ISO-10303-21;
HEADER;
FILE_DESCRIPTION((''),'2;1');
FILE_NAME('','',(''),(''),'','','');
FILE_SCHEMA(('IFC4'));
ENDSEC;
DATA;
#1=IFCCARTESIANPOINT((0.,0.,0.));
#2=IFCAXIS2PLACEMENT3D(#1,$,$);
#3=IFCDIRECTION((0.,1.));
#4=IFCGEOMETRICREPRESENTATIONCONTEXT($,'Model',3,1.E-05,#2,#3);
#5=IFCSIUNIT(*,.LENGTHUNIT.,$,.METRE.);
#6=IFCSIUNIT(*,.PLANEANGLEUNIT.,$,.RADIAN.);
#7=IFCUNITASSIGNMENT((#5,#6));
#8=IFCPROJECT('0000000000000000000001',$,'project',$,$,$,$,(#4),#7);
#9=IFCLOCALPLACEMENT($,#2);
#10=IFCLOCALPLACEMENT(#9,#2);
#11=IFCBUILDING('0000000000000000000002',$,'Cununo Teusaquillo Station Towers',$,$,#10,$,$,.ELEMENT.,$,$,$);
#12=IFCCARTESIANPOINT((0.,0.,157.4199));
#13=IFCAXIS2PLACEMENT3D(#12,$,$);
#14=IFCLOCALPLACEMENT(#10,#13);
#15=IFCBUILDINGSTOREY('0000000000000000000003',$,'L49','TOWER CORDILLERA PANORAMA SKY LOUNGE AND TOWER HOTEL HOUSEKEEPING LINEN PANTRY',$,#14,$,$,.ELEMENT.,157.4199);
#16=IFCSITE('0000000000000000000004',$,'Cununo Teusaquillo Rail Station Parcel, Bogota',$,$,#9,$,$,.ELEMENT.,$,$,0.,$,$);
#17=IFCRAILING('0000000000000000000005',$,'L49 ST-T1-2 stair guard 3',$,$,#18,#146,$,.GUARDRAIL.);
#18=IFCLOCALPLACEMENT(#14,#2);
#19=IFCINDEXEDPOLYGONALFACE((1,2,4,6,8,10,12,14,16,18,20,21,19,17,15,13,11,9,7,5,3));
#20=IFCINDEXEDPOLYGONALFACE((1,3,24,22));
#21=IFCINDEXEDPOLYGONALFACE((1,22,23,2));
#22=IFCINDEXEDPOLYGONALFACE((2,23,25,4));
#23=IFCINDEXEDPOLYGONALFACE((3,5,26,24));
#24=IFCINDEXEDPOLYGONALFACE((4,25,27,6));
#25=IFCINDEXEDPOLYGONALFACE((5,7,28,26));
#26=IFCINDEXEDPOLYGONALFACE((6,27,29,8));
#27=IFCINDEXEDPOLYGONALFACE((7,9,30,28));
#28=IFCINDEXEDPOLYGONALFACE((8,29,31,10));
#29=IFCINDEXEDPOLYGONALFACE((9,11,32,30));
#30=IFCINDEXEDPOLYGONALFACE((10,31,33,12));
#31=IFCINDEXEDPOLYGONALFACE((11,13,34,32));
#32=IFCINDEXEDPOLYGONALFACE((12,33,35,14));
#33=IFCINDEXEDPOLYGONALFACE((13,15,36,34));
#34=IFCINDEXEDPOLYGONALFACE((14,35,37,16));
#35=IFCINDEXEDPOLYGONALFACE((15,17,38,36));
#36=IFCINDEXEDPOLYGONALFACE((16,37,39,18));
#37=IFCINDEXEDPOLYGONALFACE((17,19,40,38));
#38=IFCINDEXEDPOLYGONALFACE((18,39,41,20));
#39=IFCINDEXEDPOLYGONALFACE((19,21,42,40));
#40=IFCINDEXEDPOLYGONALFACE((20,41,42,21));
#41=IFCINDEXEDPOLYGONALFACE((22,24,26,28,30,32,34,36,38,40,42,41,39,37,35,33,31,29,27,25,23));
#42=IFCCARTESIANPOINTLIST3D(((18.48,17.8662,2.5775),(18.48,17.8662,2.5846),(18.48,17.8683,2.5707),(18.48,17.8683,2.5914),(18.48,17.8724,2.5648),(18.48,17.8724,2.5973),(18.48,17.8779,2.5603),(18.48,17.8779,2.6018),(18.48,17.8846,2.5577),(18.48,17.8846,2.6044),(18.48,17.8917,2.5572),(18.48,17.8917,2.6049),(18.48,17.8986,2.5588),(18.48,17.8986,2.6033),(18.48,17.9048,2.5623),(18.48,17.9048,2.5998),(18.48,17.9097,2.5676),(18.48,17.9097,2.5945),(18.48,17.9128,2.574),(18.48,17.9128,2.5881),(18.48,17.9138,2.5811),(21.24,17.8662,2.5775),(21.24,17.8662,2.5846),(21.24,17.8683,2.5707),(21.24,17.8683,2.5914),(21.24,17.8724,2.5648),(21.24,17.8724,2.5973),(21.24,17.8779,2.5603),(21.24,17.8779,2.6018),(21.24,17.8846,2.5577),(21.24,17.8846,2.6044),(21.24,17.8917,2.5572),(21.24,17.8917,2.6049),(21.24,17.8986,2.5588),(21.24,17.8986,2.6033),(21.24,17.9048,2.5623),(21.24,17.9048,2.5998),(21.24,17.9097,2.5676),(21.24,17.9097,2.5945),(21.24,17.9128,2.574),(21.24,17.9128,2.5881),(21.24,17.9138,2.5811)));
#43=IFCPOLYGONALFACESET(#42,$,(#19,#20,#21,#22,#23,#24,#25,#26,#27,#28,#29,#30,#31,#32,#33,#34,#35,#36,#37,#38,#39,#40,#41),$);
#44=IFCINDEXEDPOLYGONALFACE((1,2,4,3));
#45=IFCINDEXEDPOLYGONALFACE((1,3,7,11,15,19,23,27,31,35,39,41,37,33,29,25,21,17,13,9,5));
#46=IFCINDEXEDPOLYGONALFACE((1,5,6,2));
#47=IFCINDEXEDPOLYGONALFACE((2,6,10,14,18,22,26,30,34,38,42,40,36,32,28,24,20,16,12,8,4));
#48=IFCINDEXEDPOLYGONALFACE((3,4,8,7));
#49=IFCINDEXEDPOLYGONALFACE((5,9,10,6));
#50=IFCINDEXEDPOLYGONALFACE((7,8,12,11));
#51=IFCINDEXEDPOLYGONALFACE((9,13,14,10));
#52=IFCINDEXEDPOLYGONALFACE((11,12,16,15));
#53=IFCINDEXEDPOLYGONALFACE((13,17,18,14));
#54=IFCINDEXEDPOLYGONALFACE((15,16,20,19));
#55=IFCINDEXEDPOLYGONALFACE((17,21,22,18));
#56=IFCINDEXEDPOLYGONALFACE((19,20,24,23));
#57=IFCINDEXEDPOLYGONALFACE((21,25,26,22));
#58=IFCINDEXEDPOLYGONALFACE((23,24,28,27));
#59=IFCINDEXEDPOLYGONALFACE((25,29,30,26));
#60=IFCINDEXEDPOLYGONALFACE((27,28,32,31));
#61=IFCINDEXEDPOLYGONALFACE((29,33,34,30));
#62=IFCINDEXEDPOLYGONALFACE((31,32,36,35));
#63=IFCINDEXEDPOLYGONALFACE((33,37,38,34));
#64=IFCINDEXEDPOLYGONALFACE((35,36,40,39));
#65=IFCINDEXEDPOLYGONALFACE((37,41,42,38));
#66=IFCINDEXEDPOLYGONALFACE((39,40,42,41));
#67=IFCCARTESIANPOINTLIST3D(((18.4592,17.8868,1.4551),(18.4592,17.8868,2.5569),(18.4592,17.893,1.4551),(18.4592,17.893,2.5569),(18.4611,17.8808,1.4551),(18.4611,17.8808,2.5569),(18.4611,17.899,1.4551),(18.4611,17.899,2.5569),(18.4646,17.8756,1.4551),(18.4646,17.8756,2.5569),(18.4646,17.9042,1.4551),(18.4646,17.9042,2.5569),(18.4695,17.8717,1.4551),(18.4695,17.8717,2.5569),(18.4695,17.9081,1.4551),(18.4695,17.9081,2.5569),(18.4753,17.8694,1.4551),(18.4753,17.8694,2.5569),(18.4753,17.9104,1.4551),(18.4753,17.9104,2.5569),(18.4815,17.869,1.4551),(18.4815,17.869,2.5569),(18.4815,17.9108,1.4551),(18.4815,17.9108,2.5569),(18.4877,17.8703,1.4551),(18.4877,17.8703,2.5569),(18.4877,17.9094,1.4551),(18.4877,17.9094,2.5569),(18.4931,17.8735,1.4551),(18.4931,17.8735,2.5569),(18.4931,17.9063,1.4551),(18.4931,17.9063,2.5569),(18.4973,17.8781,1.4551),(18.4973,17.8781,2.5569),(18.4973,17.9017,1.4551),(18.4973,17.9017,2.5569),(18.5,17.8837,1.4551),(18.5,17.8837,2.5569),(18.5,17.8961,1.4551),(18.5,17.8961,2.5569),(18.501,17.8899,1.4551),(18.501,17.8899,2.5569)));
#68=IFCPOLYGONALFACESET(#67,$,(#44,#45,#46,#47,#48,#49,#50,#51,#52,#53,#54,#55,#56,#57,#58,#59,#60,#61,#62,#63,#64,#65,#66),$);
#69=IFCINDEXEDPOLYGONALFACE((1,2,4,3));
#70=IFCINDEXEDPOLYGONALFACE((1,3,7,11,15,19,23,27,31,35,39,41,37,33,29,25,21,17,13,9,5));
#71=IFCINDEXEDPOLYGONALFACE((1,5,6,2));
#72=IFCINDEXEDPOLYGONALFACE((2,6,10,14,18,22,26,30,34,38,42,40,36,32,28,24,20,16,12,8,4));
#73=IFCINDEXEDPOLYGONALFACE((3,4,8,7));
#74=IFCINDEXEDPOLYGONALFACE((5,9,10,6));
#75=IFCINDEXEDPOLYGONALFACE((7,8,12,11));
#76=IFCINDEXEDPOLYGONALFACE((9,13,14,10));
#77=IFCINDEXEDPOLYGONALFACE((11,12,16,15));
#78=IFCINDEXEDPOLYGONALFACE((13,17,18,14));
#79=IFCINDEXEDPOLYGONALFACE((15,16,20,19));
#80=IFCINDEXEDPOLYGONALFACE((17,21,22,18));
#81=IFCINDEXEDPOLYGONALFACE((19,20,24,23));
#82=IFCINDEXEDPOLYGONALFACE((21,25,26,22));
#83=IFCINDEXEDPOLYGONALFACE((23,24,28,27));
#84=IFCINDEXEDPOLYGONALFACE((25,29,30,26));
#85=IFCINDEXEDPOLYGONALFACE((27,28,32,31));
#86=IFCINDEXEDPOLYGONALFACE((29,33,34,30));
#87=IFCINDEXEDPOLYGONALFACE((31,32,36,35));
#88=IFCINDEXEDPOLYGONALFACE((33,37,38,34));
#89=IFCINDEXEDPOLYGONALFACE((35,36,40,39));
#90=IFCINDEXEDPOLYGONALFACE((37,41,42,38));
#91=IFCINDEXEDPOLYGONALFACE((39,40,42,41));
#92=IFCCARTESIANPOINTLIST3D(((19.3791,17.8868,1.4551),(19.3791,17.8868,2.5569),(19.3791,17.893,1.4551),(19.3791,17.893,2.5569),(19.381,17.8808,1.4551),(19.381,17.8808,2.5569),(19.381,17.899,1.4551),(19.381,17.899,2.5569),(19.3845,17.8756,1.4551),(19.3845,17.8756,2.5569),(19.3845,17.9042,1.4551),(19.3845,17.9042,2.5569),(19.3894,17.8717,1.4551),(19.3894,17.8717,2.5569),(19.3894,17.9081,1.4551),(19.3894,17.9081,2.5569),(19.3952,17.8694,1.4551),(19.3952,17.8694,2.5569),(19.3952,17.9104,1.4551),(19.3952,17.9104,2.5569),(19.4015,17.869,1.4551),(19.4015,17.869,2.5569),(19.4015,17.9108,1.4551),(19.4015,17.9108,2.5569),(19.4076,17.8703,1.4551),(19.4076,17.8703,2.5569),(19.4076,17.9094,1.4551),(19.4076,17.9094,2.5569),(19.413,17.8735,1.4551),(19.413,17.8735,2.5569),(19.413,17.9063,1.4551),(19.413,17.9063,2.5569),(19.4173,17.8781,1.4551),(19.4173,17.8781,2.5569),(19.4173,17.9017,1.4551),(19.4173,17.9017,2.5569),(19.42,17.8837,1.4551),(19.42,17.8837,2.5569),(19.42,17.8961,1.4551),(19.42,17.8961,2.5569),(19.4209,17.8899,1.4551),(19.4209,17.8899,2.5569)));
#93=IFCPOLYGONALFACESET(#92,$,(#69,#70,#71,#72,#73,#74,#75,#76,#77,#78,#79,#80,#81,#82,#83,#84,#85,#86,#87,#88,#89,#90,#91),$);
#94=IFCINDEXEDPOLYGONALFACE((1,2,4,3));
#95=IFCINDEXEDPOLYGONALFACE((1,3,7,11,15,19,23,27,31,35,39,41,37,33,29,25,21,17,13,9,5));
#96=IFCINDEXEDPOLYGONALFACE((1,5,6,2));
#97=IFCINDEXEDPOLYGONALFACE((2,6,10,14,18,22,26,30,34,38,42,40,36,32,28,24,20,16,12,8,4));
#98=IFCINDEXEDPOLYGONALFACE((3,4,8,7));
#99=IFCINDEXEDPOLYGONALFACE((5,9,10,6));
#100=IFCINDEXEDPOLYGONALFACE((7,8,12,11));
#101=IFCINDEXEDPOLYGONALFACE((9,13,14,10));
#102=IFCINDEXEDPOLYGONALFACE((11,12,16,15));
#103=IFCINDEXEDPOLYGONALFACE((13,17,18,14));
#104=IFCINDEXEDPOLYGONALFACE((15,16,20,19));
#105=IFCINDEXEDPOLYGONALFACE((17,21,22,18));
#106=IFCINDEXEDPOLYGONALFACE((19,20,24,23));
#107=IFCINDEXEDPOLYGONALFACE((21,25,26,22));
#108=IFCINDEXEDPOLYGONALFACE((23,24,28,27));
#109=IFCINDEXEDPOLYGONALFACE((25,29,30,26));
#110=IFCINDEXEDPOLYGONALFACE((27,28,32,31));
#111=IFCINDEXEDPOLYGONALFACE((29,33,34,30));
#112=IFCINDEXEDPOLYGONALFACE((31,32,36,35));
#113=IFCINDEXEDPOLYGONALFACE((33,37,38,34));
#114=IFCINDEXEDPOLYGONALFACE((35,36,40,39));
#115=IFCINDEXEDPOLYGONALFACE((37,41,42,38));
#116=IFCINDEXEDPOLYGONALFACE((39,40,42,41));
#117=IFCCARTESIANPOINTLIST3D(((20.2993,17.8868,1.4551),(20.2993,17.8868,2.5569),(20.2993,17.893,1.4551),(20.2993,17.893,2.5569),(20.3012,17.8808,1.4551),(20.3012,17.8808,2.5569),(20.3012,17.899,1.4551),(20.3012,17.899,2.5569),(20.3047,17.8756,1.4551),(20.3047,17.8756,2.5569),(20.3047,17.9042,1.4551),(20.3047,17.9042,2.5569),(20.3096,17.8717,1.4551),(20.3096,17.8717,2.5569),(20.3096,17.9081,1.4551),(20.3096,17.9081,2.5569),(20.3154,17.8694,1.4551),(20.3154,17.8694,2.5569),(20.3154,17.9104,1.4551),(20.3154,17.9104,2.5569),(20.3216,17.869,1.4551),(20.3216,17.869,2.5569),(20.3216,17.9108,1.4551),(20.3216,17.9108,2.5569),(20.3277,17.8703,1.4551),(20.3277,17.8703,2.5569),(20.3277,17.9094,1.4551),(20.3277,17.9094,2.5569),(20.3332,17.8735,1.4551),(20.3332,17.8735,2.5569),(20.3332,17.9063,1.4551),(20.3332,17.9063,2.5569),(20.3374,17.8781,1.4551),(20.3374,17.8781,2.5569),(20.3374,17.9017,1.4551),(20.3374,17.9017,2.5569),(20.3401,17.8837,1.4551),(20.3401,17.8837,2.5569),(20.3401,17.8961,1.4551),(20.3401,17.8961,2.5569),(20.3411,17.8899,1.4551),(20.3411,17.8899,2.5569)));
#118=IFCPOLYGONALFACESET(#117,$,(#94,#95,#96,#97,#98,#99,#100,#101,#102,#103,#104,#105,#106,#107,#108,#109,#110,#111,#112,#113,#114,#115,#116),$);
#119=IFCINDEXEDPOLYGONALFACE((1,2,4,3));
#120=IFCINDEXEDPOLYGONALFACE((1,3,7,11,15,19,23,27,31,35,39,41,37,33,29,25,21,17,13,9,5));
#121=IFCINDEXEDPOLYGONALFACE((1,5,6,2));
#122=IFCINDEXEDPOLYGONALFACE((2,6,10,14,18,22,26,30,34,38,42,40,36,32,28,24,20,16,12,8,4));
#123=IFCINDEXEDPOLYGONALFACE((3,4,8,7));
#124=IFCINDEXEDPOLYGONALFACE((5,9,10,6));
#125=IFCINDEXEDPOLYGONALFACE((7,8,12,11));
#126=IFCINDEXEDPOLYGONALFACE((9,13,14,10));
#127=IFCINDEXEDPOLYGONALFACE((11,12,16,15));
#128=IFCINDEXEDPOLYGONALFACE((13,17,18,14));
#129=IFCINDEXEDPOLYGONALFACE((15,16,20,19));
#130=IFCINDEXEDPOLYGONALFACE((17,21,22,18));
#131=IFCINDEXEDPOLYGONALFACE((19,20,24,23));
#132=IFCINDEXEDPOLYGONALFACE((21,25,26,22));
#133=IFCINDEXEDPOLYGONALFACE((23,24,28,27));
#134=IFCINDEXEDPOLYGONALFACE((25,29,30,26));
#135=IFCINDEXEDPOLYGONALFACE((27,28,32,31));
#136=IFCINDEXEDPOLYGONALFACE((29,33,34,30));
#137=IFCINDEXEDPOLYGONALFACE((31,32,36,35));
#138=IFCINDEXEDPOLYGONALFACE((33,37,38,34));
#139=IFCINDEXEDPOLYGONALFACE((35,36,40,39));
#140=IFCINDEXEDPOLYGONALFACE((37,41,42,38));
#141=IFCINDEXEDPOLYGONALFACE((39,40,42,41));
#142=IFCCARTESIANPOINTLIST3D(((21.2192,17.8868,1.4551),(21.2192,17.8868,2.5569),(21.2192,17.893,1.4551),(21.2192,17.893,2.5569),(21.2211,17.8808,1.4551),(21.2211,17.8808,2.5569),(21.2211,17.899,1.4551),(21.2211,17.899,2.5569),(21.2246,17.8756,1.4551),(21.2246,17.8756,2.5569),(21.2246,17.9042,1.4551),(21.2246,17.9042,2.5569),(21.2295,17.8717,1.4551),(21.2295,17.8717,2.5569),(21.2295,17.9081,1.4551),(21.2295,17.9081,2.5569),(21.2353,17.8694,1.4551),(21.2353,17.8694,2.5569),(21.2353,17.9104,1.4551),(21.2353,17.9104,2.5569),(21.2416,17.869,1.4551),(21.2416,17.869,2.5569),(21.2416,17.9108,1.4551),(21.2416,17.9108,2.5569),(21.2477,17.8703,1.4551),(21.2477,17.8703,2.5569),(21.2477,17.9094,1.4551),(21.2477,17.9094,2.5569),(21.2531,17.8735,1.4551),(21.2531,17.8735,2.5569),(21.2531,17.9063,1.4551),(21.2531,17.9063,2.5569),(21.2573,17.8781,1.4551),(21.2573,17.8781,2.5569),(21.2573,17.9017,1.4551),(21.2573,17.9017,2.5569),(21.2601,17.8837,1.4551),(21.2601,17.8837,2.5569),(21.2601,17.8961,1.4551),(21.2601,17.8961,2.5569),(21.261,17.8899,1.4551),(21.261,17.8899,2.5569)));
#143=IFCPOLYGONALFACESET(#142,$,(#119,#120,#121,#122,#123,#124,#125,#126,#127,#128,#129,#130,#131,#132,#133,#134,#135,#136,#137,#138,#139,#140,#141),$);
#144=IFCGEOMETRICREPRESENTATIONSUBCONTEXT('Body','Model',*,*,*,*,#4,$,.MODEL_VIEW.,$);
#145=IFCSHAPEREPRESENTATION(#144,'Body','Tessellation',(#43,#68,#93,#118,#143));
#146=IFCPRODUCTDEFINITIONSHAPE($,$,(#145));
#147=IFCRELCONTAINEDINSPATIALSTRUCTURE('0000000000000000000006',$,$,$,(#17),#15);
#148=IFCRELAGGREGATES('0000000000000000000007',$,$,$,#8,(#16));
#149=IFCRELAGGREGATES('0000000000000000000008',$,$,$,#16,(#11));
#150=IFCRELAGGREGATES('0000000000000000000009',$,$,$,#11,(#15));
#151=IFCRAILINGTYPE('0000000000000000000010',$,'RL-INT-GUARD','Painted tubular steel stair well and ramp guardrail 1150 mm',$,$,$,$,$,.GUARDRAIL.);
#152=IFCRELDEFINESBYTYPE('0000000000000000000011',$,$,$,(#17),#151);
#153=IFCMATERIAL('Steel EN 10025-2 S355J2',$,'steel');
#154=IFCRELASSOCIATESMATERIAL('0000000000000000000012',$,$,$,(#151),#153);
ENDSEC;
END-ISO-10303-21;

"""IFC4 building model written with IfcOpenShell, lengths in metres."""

from ifc_helpers import new_model, si_unit, direction, frame, origin, origin_2d, place, context, subcontext, project, spatial, circle, extrude, material, type_object, element, save


model = new_model("IFC4")

# Units and contexts
model_context = context("Model", 3, precision=1e-05, world=origin(), true_north=direction((0.0, 1.0)))
body_context = subcontext(model_context, "Body", "Model", "MODEL_VIEW")
ifc_project = project(units=[si_unit("LENGTHUNIT", "METRE"), si_unit("PLANEANGLEUNIT", "RADIAN")], contexts=[model_context])

# Site, building, storey
site_placement = place(None, origin())
site = spatial("IfcSite", under=ifc_project, at=site_placement, Name="Cununo Teusaquillo Rail Station Parcel, Bogota", CompositionType="ELEMENT", RefElevation=0.0)
building_placement = place(site_placement, origin())
building = spatial("IfcBuilding", under=site, at=building_placement, Name="Cununo Teusaquillo Station Towers", CompositionType="ELEMENT")
storey_placement = place(building_placement, frame((0.0, 0.0, 157.4199)))
storey = spatial("IfcBuildingStorey", under=building, at=storey_placement, Name="L49", Description="TOWER CORDILLERA PANORAMA SKY LOUNGE AND TOWER HOTEL HOUSEKEEPING LINEN PANTRY", CompositionType="ELEMENT", Elevation=157.4199)

# Railing
ifc_material_1 = material(Name="Steel EN 10025-2 S355J2", Category="steel")
railing_type_1 = type_object("IfcRailingType", Name="RL-INT-GUARD", Description="Painted tubular steel stair well and ramp guardrail 1150 mm", PredefinedType="GUARDRAIL", material=ifc_material_1)
railing_1_placement = place(storey_placement, frame((18.48, 17.8899, 1.4551)))
element("IfcRailing", 1, at=railing_1_placement, inside=storey, type_object=railing_type_1, Name="L49 ST-T1-2 stair guard 3", PredefinedType="GUARDRAIL", context=body_context, shape_type="SweptSolid", body=[
    extrude(circle(Radius=0.0239, at=origin_2d()), frame((0.0, 0.0, 1.126), z_axis=(1.0, 0.0, 0.0), x_axis=(0.0, 1.0, 0.0)), (0.0, 0.0, 1.0), 2.76),
    extrude(circle(Radius=0.021, at=origin_2d()), origin(), (0.0, 0.0, 1.0), 1.1018),
    extrude(circle(Radius=0.021, at=origin_2d()), frame((0.9199, 0.0, 0.0)), (0.0, 0.0, 1.0), 1.1018),
    extrude(circle(Radius=0.021, at=origin_2d()), frame((1.8401, 0.0, 0.0)), (0.0, 0.0, 1.0), 1.1018),
    extrude(circle(Radius=0.021, at=origin_2d()), frame((2.76, 0.0, 0.0)), (0.0, 0.0, 1.0), 1.1018),
])

save(model, "model.ifc")
